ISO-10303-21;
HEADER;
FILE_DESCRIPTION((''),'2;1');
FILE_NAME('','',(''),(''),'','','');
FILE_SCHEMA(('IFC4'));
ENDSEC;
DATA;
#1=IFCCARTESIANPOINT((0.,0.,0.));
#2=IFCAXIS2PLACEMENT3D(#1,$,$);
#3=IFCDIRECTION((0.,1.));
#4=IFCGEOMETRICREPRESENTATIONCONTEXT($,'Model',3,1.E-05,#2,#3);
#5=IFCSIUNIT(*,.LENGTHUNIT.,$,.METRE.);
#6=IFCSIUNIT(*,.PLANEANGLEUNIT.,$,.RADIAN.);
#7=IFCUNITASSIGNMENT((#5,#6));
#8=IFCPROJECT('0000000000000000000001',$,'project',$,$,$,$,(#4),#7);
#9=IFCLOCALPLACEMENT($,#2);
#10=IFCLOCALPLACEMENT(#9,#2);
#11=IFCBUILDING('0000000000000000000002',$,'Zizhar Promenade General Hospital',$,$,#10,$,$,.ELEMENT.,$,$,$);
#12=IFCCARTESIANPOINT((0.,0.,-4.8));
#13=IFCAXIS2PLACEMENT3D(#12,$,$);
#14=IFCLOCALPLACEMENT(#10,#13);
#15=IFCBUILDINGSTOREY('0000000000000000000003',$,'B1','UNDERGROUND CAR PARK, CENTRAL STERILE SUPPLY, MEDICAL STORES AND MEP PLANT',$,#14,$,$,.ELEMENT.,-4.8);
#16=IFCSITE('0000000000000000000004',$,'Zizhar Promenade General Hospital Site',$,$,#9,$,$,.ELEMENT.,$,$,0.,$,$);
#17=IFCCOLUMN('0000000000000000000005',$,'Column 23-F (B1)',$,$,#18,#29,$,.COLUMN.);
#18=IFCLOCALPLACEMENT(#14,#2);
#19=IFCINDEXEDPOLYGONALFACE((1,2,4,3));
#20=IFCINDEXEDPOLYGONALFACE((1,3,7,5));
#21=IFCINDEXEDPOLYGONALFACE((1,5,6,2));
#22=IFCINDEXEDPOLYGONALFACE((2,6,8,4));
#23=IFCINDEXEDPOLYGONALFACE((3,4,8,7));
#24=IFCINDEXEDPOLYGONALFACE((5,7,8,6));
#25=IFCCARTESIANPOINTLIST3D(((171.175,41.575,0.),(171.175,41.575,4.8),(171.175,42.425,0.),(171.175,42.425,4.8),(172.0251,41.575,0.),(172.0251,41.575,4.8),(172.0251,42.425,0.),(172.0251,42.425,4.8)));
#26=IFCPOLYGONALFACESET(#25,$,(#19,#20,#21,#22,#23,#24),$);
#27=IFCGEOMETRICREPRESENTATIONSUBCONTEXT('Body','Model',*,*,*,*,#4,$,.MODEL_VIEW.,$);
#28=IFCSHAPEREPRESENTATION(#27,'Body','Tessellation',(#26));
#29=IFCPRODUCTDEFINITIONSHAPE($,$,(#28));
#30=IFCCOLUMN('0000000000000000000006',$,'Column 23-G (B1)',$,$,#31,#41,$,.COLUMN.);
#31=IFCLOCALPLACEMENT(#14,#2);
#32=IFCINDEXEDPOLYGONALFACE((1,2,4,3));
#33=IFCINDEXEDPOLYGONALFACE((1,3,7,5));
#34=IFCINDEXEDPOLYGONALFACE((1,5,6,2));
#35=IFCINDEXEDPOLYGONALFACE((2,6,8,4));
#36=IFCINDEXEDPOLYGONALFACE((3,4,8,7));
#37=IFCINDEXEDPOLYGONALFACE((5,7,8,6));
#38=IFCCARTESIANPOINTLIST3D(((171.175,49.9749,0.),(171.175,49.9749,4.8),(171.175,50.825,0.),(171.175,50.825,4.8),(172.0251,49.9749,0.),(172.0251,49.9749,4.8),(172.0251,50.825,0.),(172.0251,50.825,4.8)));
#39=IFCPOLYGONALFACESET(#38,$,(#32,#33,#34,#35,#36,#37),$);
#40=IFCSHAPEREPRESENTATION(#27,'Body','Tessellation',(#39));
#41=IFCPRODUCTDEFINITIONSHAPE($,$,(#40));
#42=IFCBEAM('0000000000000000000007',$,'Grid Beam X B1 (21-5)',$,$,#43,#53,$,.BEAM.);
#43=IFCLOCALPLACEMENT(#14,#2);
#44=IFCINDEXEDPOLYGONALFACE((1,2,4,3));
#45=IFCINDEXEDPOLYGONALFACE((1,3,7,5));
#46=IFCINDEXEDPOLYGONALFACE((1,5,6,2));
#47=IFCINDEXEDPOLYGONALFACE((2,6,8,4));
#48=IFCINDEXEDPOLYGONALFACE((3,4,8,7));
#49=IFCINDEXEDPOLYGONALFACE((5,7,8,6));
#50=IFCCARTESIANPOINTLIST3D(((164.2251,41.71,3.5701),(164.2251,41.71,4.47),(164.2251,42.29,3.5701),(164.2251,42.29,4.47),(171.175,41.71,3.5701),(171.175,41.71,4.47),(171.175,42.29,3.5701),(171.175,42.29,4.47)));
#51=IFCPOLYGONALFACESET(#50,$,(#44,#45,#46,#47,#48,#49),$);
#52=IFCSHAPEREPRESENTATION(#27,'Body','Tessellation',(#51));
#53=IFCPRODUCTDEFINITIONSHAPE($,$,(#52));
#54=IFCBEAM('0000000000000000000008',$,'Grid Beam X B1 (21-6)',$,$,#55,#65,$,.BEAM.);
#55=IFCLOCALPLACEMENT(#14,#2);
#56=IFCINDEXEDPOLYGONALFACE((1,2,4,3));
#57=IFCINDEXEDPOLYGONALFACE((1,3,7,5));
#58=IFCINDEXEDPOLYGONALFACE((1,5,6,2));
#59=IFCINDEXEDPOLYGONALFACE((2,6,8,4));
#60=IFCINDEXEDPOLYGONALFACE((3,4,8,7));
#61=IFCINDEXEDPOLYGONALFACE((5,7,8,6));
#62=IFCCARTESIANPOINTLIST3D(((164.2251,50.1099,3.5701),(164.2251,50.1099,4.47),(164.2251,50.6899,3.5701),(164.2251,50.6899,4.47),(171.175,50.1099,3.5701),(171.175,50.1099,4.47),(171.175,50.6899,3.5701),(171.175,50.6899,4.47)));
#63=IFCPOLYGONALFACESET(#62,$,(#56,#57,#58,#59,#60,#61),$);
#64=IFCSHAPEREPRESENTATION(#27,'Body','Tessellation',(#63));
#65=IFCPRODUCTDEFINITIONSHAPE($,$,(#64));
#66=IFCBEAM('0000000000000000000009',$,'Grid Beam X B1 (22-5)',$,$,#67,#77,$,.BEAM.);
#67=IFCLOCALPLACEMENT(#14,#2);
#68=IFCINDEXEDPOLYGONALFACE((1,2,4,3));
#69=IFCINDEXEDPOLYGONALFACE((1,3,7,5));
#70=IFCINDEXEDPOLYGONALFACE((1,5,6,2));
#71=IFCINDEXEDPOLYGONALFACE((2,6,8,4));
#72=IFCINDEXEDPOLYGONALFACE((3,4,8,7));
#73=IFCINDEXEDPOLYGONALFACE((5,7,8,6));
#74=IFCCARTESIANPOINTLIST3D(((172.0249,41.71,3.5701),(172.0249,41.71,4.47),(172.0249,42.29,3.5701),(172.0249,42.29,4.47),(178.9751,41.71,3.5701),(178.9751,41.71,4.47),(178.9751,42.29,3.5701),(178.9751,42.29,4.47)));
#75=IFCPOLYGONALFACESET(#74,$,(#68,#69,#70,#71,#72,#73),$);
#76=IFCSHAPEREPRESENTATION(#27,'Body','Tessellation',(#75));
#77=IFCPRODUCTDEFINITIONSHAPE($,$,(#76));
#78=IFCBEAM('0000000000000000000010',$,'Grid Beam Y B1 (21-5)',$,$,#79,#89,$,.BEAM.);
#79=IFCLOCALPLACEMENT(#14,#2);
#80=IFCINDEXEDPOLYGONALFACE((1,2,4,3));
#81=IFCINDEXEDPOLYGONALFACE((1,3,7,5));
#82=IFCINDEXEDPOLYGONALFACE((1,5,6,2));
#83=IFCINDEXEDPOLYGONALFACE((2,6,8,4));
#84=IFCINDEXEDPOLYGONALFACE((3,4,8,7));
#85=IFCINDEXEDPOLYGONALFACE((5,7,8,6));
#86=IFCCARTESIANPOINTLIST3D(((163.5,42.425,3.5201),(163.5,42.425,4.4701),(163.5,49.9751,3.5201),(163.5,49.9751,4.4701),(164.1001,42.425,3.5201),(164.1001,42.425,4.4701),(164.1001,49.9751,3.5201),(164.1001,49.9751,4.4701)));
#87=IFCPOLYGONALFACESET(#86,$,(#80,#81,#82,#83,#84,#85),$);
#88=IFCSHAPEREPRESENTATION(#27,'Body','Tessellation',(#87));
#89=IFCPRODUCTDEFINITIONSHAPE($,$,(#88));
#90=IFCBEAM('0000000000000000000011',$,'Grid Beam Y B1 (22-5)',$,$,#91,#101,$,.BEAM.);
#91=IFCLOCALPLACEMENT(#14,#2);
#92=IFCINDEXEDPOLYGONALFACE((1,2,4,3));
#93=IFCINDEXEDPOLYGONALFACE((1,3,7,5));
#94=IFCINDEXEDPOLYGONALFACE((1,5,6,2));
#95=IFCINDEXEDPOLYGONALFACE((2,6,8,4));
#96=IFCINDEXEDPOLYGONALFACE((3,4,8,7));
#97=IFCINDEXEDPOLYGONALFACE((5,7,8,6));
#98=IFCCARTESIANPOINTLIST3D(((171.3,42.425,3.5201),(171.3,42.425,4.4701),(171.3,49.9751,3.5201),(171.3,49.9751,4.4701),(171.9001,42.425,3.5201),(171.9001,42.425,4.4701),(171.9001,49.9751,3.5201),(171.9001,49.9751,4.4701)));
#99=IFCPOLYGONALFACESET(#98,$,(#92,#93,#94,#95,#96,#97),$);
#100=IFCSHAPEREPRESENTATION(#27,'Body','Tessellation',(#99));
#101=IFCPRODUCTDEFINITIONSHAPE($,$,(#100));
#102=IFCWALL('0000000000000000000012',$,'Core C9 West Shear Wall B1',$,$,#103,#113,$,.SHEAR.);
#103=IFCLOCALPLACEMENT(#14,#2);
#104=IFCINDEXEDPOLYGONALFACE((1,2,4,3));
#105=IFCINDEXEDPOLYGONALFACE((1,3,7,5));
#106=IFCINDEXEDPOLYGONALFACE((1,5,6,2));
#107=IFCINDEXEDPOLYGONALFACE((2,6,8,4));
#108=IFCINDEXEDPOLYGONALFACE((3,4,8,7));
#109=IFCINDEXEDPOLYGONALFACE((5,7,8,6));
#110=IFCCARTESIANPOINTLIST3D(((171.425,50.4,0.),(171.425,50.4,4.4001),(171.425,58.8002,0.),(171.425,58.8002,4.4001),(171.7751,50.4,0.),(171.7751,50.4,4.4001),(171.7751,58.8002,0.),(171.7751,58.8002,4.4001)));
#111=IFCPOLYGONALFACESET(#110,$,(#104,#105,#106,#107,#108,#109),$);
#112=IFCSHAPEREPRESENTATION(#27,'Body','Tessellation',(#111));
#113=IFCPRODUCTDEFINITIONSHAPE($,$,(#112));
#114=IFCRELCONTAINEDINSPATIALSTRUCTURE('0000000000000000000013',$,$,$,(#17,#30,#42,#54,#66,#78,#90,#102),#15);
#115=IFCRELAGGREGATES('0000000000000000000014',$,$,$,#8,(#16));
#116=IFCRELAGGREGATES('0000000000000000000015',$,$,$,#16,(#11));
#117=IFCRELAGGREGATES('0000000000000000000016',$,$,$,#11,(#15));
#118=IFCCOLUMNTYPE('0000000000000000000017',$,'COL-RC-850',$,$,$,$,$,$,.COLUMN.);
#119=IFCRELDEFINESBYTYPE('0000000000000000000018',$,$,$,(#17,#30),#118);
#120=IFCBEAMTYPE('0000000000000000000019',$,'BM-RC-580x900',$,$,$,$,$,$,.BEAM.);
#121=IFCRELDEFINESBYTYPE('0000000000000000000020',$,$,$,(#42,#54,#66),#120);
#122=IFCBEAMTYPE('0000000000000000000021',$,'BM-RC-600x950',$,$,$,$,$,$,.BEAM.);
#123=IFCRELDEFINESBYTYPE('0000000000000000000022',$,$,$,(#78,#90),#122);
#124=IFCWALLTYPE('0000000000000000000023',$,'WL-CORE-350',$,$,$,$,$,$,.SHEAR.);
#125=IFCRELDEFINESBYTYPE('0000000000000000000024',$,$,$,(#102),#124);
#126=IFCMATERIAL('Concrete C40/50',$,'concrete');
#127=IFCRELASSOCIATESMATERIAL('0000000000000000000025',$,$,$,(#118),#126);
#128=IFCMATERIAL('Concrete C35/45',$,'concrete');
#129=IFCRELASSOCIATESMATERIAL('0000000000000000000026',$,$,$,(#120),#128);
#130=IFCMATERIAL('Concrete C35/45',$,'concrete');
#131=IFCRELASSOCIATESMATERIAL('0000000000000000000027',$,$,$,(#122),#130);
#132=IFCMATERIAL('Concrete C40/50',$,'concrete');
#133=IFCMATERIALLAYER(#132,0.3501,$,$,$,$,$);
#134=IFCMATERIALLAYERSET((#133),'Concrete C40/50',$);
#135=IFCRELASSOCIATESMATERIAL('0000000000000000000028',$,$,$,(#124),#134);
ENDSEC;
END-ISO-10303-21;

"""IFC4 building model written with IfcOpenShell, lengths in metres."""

from ifc_helpers import new_model, si_unit, direction, frame, frame_2d, origin, origin_2d, place, context, subcontext, project, spatial, rectangle, extrude, material, layer, layer_set, material_profile, profile_set, type_object, element, save


model = new_model("IFC4")

# Units and contexts
model_context = context("Model", 3, precision=1e-05, world=origin(), true_north=direction((0.0, 1.0)))
body_context = subcontext(model_context, "Body", "Model", "MODEL_VIEW")
ifc_project = project(units=[si_unit("LENGTHUNIT", "METRE"), si_unit("PLANEANGLEUNIT", "RADIAN")], contexts=[model_context])

# Site, building, storey
site_placement = place(None, origin())
site = spatial("IfcSite", under=ifc_project, at=site_placement, Name="Zizhar Promenade General Hospital Site", CompositionType="ELEMENT", RefElevation=0.0)
building_placement = place(site_placement, origin())
building = spatial("IfcBuilding", under=site, at=building_placement, Name="Zizhar Promenade General Hospital", CompositionType="ELEMENT")
storey_placement = place(building_placement, frame((0.0, 0.0, -4.8)))
storey = spatial("IfcBuildingStorey", under=building, at=storey_placement, Name="B1", Description="UNDERGROUND CAR PARK, CENTRAL STERILE SUPPLY, MEDICAL STORES AND MEP PLANT", CompositionType="ELEMENT", Elevation=-4.8)

# Columns
ifc_material_1 = material(Name="Concrete C40/50", Category="concrete")
ifc_material_profile_1 = material_profile(ifc_material_1, rectangle(XDim=0.8501, YDim=0.8501, at=origin_2d()))
ifc_profile_set_1 = profile_set([ifc_material_profile_1], Name="Concrete C40/50")
column_type = type_object("IfcColumnType", Name="COL-RC-850", PredefinedType="COLUMN", material=ifc_profile_set_1)
for number, where, z_axis, x_axis, name in (
    (1, (171.6001, 42.0, 0.0), (0.0, 0.0, 1.0), (1.0, 0.0, 0.0), "Column 23-F (B1)"),
    (2, (171.6001, 50.3999, 0.0), (0.0, 0.0, 1.0), (1.0, 0.0, 0.0), "Column 23-G (B1)"),
):
    element("IfcColumn", number, at=place(storey_placement, frame(where, z_axis=z_axis, x_axis=x_axis)), inside=storey, type_object=column_type, Name=name, PredefinedType="COLUMN", context=body_context, shape_type="SweptSolid", body=[
        extrude(rectangle(XDim=0.8501, YDim=0.8501, at=origin_2d()), origin(), (0.0, 0.0, 1.0), 4.8),
    ])

# Beams
ifc_material_2 = material(Name="Concrete C35/45", Category="concrete")
ifc_material_profile_2 = material_profile(ifc_material_2, rectangle(XDim=0.5801, YDim=0.8999, at=origin_2d()))
ifc_profile_set_2 = profile_set([ifc_material_profile_2], Name="Concrete C35/45")
beam_type_1 = type_object("IfcBeamType", Name="BM-RC-580x900", PredefinedType="BEAM", material=ifc_profile_set_2)
for number, where, z_axis, x_axis, name in (
    (3, (164.2251, 42.0, 4.02), (1.0, 0.0, 0.0), (0.0, 1.0, 0.0), "Grid Beam X B1 (21-5)"),
    (4, (164.2251, 50.3999, 4.02), (1.0, 0.0, 0.0), (0.0, 1.0, 0.0), "Grid Beam X B1 (21-6)"),
):
    element("IfcBeam", number, at=place(storey_placement, frame(where, z_axis=z_axis, x_axis=x_axis)), inside=storey, type_object=beam_type_1, Name=name, PredefinedType="BEAM", context=body_context, shape_type="SweptSolid", body=[
        extrude(rectangle(XDim=0.5801, YDim=0.8999, at=origin_2d()), origin(), (0.0, 0.0, 1.0), 6.95),
    ])
beam_placement = place(storey_placement, frame((172.0249, 42.0, 4.02), z_axis=(1.0, 0.0, 0.0), x_axis=(0.0, 1.0, 0.0)))
element("IfcBeam", 5, at=beam_placement, inside=storey, type_object=beam_type_1, Name="Grid Beam X B1 (22-5)", PredefinedType="BEAM", context=body_context, shape_type="SweptSolid", body=[
    extrude(rectangle(XDim=0.5801, YDim=0.8999, at=origin_2d()), origin(), (0.0, 0.0, 1.0), 6.9502),
])
ifc_material_3 = material(Name="Concrete C35/45", Category="concrete")
ifc_material_profile_3 = material_profile(ifc_material_3, rectangle(XDim=0.6001, YDim=0.95, at=origin_2d()))
ifc_profile_set_3 = profile_set([ifc_material_profile_3], Name="Concrete C35/45")
beam_type_2 = type_object("IfcBeamType", Name="BM-RC-600x950", PredefinedType="BEAM", material=ifc_profile_set_3)
for number, where, z_axis, x_axis, name in (
    (6, (163.8, 42.425, 3.9951), (0.0, 1.0, 0.0), (-1.0, 0.0, 0.0), "Grid Beam Y B1 (21-5)"),
    (7, (171.6001, 42.425, 3.9951), (0.0, 1.0, 0.0), (-1.0, 0.0, 0.0), "Grid Beam Y B1 (22-5)"),
):
    element("IfcBeam", number, at=place(storey_placement, frame(where, z_axis=z_axis, x_axis=x_axis)), inside=storey, type_object=beam_type_2, Name=name, PredefinedType="BEAM", context=body_context, shape_type="SweptSolid", body=[
        extrude(rectangle(XDim=0.6001, YDim=0.95, at=origin_2d()), origin(), (0.0, 0.0, 1.0), 7.55),
    ])

# Wall
ifc_material_4 = material(Name="Concrete C40/50", Category="concrete")
ifc_layer_1 = layer(ifc_material_4, 0.3501)
ifc_layer_set_1 = layer_set([ifc_layer_1], Name="Concrete C40/50")
wall_type_1 = type_object("IfcWallType", Name="WL-CORE-350", PredefinedType="SHEAR", material=ifc_layer_set_1)
wall_1_placement = place(storey_placement, frame((171.6001, 50.3999, 0.0), z_axis=(0.0, 0.0, 1.0), x_axis=(0.0, 1.0, 0.0)))
element("IfcWall", 8, at=wall_1_placement, inside=storey, type_object=wall_type_1, Name="Core C9 West Shear Wall B1", PredefinedType="SHEAR", context=body_context, shape_type="SweptSolid", body=[
    extrude(rectangle(XDim=8.4001, YDim=0.3501, at=frame_2d((4.2002, 0.0))), origin(), (0.0, 0.0, 1.0), 4.4001),
])

save(model, "model.ifc")
